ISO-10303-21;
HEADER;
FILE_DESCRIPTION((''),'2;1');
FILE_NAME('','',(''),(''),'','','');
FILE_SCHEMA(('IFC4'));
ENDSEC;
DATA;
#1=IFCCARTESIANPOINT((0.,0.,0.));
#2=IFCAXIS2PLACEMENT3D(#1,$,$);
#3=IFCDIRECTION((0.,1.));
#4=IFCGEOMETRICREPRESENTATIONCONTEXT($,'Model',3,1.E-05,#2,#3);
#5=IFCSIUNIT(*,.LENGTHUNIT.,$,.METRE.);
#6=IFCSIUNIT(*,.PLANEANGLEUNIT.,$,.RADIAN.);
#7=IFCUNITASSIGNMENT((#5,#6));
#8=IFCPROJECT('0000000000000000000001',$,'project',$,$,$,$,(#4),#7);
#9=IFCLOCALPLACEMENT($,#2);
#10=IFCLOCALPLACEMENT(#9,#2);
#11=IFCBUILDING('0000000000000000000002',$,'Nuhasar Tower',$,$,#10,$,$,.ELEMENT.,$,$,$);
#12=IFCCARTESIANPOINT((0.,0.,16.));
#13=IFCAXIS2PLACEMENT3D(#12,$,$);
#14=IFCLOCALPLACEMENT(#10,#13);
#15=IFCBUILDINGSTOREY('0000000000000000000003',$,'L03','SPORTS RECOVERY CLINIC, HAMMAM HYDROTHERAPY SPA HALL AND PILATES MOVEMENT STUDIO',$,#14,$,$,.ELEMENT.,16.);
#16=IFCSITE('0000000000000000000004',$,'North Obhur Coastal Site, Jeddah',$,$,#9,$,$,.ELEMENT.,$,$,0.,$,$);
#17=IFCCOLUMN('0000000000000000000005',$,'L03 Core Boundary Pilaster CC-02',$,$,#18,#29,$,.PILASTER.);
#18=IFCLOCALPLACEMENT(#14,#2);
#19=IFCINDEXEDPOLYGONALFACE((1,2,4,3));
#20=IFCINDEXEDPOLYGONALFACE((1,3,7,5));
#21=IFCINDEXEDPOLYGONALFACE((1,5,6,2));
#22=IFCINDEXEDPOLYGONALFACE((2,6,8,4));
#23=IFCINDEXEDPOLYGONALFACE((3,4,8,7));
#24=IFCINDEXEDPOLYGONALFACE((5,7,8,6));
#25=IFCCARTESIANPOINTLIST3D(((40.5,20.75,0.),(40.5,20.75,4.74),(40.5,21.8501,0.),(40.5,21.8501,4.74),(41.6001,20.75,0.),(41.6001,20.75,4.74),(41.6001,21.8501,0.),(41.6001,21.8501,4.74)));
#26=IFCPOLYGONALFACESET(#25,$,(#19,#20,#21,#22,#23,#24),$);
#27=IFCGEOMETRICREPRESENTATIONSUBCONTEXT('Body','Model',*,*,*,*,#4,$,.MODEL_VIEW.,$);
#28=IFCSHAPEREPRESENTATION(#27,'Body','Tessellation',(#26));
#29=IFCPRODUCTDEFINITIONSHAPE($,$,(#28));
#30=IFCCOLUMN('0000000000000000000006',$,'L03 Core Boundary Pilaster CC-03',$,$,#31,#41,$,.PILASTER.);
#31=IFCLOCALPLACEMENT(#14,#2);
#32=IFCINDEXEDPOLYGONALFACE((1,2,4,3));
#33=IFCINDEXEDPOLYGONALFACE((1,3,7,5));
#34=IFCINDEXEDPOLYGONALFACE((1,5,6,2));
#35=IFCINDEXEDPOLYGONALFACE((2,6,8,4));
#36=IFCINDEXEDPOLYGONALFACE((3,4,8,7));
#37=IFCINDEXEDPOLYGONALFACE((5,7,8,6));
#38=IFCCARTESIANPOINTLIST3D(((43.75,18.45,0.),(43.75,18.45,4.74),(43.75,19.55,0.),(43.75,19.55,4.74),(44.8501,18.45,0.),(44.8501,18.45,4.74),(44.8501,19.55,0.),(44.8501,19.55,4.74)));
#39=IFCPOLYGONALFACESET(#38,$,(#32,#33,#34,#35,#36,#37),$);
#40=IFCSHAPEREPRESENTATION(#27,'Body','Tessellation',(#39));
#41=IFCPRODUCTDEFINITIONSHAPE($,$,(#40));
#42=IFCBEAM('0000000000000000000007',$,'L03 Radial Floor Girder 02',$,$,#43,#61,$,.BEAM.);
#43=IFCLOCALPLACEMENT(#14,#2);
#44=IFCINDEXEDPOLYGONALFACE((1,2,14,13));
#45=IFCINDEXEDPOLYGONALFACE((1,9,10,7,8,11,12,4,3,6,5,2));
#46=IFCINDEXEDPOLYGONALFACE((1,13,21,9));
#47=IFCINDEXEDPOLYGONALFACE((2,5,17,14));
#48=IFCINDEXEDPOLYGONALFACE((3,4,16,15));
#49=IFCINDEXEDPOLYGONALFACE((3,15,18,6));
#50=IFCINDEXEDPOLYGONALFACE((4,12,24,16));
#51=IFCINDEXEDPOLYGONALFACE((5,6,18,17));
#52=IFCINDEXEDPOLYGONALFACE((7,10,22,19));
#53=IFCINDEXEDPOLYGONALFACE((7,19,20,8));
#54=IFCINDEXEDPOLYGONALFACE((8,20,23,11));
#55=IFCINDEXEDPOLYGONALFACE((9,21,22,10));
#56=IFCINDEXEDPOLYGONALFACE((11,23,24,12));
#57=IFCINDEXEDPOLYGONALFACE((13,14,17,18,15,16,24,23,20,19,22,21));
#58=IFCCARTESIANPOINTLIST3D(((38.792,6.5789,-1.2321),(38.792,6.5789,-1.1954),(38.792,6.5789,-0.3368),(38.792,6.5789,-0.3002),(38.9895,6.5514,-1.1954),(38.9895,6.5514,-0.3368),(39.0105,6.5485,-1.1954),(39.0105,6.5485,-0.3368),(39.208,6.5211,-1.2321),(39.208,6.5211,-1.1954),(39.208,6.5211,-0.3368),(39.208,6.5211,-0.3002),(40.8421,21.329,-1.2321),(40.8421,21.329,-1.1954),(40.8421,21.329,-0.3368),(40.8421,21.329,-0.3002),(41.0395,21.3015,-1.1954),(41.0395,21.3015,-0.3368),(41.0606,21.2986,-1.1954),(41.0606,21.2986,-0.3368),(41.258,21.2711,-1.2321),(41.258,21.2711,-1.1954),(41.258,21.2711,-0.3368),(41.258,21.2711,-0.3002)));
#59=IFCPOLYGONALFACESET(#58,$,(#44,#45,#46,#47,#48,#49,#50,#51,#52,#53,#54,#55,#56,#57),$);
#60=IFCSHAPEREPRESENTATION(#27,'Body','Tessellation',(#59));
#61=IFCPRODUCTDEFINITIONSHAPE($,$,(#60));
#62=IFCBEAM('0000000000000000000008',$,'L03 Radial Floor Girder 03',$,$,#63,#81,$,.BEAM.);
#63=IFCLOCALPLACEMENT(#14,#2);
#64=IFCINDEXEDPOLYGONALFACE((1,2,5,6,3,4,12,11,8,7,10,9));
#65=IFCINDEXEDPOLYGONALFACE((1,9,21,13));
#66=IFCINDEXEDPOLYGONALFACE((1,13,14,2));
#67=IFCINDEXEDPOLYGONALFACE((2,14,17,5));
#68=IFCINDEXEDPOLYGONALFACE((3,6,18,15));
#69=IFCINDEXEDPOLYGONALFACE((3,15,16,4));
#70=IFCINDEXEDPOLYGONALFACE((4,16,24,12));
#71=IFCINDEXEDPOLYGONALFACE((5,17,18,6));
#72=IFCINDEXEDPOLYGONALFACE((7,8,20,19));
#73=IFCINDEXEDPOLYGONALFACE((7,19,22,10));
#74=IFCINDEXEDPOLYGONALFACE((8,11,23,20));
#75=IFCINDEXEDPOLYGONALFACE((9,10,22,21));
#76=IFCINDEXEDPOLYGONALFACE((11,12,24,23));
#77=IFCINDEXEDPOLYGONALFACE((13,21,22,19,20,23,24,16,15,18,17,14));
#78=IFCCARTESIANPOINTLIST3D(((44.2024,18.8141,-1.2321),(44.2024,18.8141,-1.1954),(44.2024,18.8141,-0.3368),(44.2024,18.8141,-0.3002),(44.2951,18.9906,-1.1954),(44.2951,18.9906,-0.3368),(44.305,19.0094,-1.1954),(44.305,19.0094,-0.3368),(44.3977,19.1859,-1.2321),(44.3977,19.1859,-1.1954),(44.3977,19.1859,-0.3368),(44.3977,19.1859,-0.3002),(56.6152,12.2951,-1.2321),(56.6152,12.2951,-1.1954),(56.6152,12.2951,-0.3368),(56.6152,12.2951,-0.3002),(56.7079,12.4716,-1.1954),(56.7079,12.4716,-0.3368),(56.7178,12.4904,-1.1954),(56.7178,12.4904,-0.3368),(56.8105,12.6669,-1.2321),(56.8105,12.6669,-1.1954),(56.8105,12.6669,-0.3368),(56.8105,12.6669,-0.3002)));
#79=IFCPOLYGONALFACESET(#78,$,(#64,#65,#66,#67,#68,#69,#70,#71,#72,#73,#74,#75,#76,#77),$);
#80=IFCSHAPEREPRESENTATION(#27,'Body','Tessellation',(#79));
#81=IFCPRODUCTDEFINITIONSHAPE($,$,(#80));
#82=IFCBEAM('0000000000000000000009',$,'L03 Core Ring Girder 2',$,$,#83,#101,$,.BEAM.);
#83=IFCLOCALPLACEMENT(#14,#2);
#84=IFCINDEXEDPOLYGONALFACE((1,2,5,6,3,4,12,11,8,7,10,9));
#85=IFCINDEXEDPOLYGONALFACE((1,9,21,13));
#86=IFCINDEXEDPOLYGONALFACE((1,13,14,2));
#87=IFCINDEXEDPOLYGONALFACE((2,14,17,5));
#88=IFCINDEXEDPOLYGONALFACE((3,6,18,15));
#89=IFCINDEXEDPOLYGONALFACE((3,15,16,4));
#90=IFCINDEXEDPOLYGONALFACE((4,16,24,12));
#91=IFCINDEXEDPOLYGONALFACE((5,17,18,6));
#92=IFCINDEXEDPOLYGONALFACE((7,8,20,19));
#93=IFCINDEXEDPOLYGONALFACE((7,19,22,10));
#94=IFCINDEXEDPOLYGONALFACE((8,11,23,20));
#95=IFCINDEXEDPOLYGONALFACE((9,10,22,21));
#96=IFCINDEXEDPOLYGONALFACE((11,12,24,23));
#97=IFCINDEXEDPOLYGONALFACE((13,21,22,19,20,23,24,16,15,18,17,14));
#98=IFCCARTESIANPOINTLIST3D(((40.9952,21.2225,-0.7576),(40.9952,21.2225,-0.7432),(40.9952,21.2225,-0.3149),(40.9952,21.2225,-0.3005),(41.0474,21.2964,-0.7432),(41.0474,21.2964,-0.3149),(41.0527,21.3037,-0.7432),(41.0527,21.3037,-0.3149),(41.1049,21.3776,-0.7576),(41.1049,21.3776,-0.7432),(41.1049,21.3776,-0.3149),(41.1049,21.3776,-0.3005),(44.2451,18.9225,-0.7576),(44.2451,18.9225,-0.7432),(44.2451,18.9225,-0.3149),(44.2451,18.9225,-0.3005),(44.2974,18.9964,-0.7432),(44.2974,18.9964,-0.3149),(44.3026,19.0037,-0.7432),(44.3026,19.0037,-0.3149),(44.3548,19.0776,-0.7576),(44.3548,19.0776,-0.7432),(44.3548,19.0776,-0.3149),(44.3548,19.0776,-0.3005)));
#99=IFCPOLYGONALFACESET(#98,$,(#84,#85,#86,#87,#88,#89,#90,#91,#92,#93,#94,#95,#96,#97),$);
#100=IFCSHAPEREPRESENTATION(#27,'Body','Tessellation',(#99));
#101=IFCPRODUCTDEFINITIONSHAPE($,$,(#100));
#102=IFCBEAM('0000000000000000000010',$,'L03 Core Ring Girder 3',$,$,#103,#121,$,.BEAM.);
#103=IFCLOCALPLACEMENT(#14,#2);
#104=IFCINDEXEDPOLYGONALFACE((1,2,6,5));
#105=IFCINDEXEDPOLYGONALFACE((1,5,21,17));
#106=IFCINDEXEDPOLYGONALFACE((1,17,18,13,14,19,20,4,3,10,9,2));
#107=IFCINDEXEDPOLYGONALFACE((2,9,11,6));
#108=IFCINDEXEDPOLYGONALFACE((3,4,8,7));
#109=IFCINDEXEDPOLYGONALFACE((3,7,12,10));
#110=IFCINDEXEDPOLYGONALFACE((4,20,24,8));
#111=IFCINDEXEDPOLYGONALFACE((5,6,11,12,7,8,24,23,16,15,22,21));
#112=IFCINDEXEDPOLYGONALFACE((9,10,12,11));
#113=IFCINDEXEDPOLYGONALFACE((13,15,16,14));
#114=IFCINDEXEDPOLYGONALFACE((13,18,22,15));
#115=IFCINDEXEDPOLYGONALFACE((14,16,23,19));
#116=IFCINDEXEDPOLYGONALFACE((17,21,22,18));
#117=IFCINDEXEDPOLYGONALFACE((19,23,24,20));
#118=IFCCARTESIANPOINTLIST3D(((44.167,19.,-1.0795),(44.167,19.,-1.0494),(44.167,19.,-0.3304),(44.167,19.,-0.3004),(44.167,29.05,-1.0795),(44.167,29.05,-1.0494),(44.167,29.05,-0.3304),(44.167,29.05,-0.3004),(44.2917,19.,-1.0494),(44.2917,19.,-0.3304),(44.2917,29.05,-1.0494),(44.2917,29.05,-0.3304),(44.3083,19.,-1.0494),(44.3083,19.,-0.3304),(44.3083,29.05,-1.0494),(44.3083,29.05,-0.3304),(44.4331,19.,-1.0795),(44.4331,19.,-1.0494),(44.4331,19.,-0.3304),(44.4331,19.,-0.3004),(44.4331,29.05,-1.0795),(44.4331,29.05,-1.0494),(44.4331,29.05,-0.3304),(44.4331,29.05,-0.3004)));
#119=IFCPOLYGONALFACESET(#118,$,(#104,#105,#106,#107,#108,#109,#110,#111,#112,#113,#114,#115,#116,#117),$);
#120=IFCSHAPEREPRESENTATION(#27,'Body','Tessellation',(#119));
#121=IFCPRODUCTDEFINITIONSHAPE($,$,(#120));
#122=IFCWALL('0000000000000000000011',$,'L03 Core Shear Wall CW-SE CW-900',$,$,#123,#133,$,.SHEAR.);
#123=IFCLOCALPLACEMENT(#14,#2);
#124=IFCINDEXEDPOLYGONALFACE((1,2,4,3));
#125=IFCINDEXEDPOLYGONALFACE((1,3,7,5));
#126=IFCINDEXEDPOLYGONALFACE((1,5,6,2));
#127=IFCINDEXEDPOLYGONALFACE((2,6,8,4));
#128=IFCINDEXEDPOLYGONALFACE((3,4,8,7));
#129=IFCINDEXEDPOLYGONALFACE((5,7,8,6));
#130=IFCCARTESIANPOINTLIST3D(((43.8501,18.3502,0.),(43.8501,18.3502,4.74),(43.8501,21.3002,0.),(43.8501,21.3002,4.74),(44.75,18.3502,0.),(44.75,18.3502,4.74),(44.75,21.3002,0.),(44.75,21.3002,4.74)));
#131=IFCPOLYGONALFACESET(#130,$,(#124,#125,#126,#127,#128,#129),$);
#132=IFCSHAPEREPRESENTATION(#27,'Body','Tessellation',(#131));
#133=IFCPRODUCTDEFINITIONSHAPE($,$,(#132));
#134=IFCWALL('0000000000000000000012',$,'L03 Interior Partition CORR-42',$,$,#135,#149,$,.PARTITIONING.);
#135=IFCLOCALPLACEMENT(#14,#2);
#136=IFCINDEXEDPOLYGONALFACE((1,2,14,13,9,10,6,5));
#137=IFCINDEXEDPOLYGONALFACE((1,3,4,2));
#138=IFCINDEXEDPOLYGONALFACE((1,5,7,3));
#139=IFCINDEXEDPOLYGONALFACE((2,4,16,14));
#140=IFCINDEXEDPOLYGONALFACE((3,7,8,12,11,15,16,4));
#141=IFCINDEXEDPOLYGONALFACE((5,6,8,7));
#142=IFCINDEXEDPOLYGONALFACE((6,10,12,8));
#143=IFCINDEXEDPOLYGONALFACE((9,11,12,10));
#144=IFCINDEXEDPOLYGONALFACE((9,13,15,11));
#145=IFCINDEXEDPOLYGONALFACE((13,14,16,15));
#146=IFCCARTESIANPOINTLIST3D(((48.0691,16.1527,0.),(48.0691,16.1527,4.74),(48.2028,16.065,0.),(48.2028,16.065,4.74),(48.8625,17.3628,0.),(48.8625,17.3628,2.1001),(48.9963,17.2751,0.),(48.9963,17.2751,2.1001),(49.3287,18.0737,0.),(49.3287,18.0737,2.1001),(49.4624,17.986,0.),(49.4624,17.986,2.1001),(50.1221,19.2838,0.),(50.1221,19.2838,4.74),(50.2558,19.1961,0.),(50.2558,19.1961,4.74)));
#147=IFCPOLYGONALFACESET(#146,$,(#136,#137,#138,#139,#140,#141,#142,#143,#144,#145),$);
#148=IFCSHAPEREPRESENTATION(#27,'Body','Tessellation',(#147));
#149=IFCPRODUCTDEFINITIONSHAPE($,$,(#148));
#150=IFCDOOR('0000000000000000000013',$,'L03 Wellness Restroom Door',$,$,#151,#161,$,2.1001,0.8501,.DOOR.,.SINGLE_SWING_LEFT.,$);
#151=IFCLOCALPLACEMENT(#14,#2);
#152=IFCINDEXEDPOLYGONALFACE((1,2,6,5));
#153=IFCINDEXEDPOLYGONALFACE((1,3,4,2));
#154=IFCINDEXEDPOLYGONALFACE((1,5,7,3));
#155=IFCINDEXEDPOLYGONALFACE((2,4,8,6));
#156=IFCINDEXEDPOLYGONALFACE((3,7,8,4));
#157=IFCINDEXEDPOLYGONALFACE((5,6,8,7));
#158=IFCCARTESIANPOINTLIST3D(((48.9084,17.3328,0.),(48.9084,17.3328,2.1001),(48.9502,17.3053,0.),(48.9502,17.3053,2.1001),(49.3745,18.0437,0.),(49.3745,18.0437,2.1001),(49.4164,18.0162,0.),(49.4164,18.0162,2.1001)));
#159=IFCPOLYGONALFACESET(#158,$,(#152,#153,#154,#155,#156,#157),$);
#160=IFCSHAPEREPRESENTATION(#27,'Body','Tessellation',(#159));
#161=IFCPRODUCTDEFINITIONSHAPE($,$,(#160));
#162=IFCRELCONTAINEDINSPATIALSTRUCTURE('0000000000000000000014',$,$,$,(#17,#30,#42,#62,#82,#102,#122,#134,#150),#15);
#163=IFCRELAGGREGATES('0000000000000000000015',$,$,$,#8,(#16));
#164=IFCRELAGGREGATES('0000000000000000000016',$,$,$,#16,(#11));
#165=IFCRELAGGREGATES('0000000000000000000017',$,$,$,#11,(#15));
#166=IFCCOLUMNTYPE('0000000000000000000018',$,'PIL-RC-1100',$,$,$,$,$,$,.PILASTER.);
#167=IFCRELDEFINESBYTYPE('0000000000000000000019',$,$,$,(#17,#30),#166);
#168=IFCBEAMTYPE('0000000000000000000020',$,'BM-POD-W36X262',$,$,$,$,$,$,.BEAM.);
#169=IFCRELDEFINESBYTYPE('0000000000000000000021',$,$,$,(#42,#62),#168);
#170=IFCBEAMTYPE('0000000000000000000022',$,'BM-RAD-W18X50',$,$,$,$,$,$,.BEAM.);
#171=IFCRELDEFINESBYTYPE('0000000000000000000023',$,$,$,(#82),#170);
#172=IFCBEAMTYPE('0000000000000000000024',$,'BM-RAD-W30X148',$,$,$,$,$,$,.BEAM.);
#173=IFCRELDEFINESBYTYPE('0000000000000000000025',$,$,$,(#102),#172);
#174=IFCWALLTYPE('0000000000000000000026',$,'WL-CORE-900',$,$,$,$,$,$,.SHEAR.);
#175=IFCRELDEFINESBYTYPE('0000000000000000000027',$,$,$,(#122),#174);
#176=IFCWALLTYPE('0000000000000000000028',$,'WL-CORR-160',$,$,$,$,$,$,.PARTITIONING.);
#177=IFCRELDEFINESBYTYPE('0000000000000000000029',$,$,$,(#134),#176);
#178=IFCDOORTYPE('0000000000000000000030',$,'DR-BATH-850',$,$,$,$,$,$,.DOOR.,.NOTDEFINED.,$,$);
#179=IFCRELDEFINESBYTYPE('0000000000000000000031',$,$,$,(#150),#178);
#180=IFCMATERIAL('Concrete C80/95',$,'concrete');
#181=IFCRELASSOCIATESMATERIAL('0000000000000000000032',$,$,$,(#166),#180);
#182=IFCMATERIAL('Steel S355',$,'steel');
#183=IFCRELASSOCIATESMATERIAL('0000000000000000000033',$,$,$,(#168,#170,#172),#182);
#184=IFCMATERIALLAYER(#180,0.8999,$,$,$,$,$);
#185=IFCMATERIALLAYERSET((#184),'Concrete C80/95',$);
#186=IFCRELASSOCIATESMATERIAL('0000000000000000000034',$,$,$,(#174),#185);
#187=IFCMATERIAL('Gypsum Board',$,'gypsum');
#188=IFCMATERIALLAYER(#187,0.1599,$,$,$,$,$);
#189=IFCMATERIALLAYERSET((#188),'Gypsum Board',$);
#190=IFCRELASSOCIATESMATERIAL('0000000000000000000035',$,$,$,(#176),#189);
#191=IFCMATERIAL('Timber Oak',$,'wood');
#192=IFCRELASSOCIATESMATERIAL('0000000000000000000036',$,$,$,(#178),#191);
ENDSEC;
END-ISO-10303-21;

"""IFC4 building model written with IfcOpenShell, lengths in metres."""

from ifc_helpers import new_model, si_unit, direction, frame, frame_2d, origin, origin_2d, place, context, subcontext, project, spatial, rectangle, i_section, extrude, material, layer, layer_set, material_profile, profile_set, type_object, element, fill, save


model = new_model("IFC4")

# Units and contexts
model_context = context("Model", 3, precision=1e-05, world=origin(), true_north=direction((0.0, 1.0)))
body_context = subcontext(model_context, "Body", "Model", "MODEL_VIEW")
ifc_project = project(units=[si_unit("LENGTHUNIT", "METRE"), si_unit("PLANEANGLEUNIT", "RADIAN")], contexts=[model_context])

# Site, building, storey
site_placement = place(None, origin())
site = spatial("IfcSite", under=ifc_project, at=site_placement, Name="North Obhur Coastal Site, Jeddah", CompositionType="ELEMENT", RefElevation=0.0)
building_placement = place(site_placement, origin())
building = spatial("IfcBuilding", under=site, at=building_placement, Name="Nuhasar Tower", CompositionType="ELEMENT")
storey_placement = place(building_placement, frame((0.0, 0.0, 16.0)))
storey = spatial("IfcBuildingStorey", under=building, at=storey_placement, Name="L03", Description="SPORTS RECOVERY CLINIC, HAMMAM HYDROTHERAPY SPA HALL AND PILATES MOVEMENT STUDIO", CompositionType="ELEMENT", Elevation=16.0)

# Columns
ifc_material_1 = material(Name="Concrete C80/95", Category="concrete")
ifc_material_profile_1 = material_profile(ifc_material_1, rectangle(XDim=1.1001, YDim=1.1001, at=origin_2d()), Name="RC1100X1100")
ifc_profile_set_1 = profile_set([ifc_material_profile_1], Name="Concrete C80/95")
column_type = type_object("IfcColumnType", Name="PIL-RC-1100", PredefinedType="PILASTER", material=ifc_profile_set_1)
for number, where, z_axis, x_axis, name in (
    (1, (41.05, 21.3, 0.0), (0.0, 0.0, 1.0), (1.0, 0.0, 0.0), "L03 Core Boundary Pilaster CC-02"),
    (2, (44.3, 19.0, 0.0), (0.0, 0.0, 1.0), (1.0, 0.0, 0.0), "L03 Core Boundary Pilaster CC-03"),
):
    element("IfcColumn", number, at=place(storey_placement, frame(where, z_axis=z_axis, x_axis=x_axis)), inside=storey, type_object=column_type, Name=name, PredefinedType="PILASTER", context=body_context, shape_type="SweptSolid", body=[
        extrude(rectangle(XDim=1.1001, YDim=1.1001, at=origin_2d()), origin(), (0.0, 0.0, 1.0), 4.74),
    ])

# Beams
ifc_material_2 = material(Name="Steel S355", Category="steel")
ifc_material_profile_2 = material_profile(ifc_material_2, i_section(OverallWidth=0.4199, OverallDepth=0.9319, WebThickness=0.0212, FlangeThickness=0.0366, at=origin_2d()), Name="W36X262")
ifc_profile_set_2 = profile_set([ifc_material_profile_2], Name="Steel S355")
beam_type_1 = type_object("IfcBeamType", Name="BM-POD-W36X262", PredefinedType="BEAM", material=ifc_profile_set_2)
beam_1_placement = place(storey_placement, frame((41.05, 21.3, -0.7661), z_axis=(-0.137663, -0.990479, 0.0), x_axis=(0.990479, -0.137663, 0.0)))
element("IfcBeam", 3, at=beam_1_placement, inside=storey, type_object=beam_type_1, Name="L03 Radial Floor Girder 02", PredefinedType="BEAM", context=body_context, shape_type="SweptSolid", body=[
    extrude(i_section(OverallWidth=0.4199, OverallDepth=0.9319, WebThickness=0.0212, FlangeThickness=0.0366, at=origin_2d()), origin(), (0.0, 0.0, 1.0), 14.8918),
])
beam_2_placement = place(storey_placement, frame((44.3, 19.0, -0.7661), z_axis=(0.88533, -0.464963, 0.0), x_axis=(0.464963, 0.88533, 0.0)))
element("IfcBeam", 4, at=beam_2_placement, inside=storey, type_object=beam_type_1, Name="L03 Radial Floor Girder 03", PredefinedType="BEAM", context=body_context, shape_type="SweptSolid", body=[
    extrude(i_section(OverallWidth=0.4199, OverallDepth=0.9319, WebThickness=0.0212, FlangeThickness=0.0366, at=origin_2d()), origin(), (0.0, 0.0, 1.0), 14.0205),
])
ifc_material_profile_3 = material_profile(ifc_material_2, i_section(OverallWidth=0.1899, OverallDepth=0.457, WebThickness=0.009, FlangeThickness=0.0144, at=origin_2d()), Name="W18X50")
ifc_profile_set_3 = profile_set([ifc_material_profile_3], Name="Steel S355")
beam_type_2 = type_object("IfcBeamType", Name="BM-RAD-W18X50", PredefinedType="BEAM", material=ifc_profile_set_3)
beam_3_placement = place(storey_placement, frame((41.05, 21.3, -0.5291), z_axis=(0.816265, -0.577677, 0.0), x_axis=(0.577677, 0.816265, 0.0)))
element("IfcBeam", 5, at=beam_3_placement, inside=storey, type_object=beam_type_2, Name="L03 Core Ring Girder 2", PredefinedType="BEAM", context=body_context, shape_type="SweptSolid", body=[
    extrude(i_section(OverallWidth=0.1899, OverallDepth=0.457, WebThickness=0.009, FlangeThickness=0.0144, at=origin_2d()), origin(), (0.0, 0.0, 1.0), 3.9814),
])
ifc_material_profile_4 = material_profile(ifc_material_2, i_section(OverallWidth=0.2661, OverallDepth=0.7791, WebThickness=0.0166, FlangeThickness=0.03, at=origin_2d()), Name="W30X148")
ifc_profile_set_4 = profile_set([ifc_material_profile_4], Name="Steel S355")
beam_type_3 = type_object("IfcBeamType", Name="BM-RAD-W30X148", PredefinedType="BEAM", material=ifc_profile_set_4)
beam_4_placement = place(storey_placement, frame((44.3, 19.0, -0.6899), z_axis=(0.0, 1.0, 0.0), x_axis=(-1.0, 0.0, 0.0)))
element("IfcBeam", 6, at=beam_4_placement, inside=storey, type_object=beam_type_3, Name="L03 Core Ring Girder 3", PredefinedType="BEAM", context=body_context, shape_type="SweptSolid", body=[
    extrude(i_section(OverallWidth=0.2661, OverallDepth=0.7791, WebThickness=0.0166, FlangeThickness=0.03, at=origin_2d()), origin(), (0.0, 0.0, 1.0), 10.05),
])

# Wall
ifc_layer_1 = layer(ifc_material_1, 0.8999)
ifc_layer_set_1 = layer_set([ifc_layer_1], Name="Concrete C80/95")
wall_type_1 = type_object("IfcWallType", Name="WL-CORE-900", PredefinedType="SHEAR", material=ifc_layer_set_1)
wall_1_placement = place(storey_placement, frame((44.3, 18.3501, 0.0), z_axis=(0.0, 0.0, 1.0), x_axis=(0.0, 1.0, 0.0)))
element("IfcWall", 7, at=wall_1_placement, inside=storey, type_object=wall_type_1, Name="L03 Core Shear Wall CW-SE CW-900", PredefinedType="SHEAR", context=body_context, shape_type="SweptSolid", body=[
    extrude(rectangle(XDim=2.95, YDim=0.8999, at=frame_2d((1.4751, 0.0))), origin(), (0.0, 0.0, 1.0), 4.74),
])

# Wall, opening, door
ifc_material_3 = material(Name="Gypsum Board", Category="gypsum")
ifc_layer_2 = layer(ifc_material_3, 0.1599)
ifc_layer_set_2 = layer_set([ifc_layer_2], Name="Gypsum Board")
wall_type_2 = type_object("IfcWallType", Name="WL-CORR-160", PredefinedType="PARTITIONING", material=ifc_layer_set_2)
wall_2_placement = place(storey_placement, frame((50.189, 19.24, 0.0), z_axis=(0.0, 0.0, 1.0), x_axis=(-0.548319, -0.836269, 0.0)))
wall_2 = element("IfcWall", 8, at=wall_2_placement, inside=storey, type_object=wall_type_2, Name="L03 Interior Partition CORR-42", PredefinedType="PARTITIONING", context=body_context, shape_type="SweptSolid", body=[
    extrude(rectangle(XDim=3.7441, YDim=0.1599, at=frame_2d((1.8721, 0.0))), origin(), (0.0, 0.0, 1.0), 4.74),
])
opening_1_placement = place(wall_2_placement, frame((1.447, 0.0, 0.0)))
opening_1 = element("IfcOpeningElement", 9, at=opening_1_placement, cuts=wall_2, PredefinedType="OPENING", context=body_context, shape_type="SweptSolid", body=[
    extrude(rectangle(XDim=0.8501, YDim=2.1001, at=frame_2d((0.425, 1.05))), frame((0.0, 0.0898, 0.0), z_axis=(0.0, -1.0, 0.0), x_axis=(1.0, 0.0, 0.0)), (0.0, 0.0, 1.0), 0.1799),
])
ifc_material_4 = material(Name="Timber Oak", Category="wood")
door_type_1 = type_object("IfcDoorType", Name="DR-BATH-850", OperationType="NOTDEFINED", PredefinedType="DOOR", material=ifc_material_4)
door_1_placement = place(opening_1_placement, origin())
door_1 = element("IfcDoor", 10, at=door_1_placement, inside=storey, type_object=door_type_1, Name="L03 Wellness Restroom Door", OperationType="SINGLE_SWING_LEFT", OverallHeight=2.1001, OverallWidth=0.8501, PredefinedType="DOOR", context=body_context, shape_type="SweptSolid", body=[
    extrude(rectangle(XDim=0.8501, YDim=2.1001, at=frame_2d((0.425, 1.05))), frame((0.0, 0.0249, 0.0), z_axis=(0.0, -1.0, 0.0), x_axis=(1.0, 0.0, 0.0)), (0.0, 0.0, 1.0), 0.05),
])
fill(opening_1, door_1)

save(model, "model.ifc")
